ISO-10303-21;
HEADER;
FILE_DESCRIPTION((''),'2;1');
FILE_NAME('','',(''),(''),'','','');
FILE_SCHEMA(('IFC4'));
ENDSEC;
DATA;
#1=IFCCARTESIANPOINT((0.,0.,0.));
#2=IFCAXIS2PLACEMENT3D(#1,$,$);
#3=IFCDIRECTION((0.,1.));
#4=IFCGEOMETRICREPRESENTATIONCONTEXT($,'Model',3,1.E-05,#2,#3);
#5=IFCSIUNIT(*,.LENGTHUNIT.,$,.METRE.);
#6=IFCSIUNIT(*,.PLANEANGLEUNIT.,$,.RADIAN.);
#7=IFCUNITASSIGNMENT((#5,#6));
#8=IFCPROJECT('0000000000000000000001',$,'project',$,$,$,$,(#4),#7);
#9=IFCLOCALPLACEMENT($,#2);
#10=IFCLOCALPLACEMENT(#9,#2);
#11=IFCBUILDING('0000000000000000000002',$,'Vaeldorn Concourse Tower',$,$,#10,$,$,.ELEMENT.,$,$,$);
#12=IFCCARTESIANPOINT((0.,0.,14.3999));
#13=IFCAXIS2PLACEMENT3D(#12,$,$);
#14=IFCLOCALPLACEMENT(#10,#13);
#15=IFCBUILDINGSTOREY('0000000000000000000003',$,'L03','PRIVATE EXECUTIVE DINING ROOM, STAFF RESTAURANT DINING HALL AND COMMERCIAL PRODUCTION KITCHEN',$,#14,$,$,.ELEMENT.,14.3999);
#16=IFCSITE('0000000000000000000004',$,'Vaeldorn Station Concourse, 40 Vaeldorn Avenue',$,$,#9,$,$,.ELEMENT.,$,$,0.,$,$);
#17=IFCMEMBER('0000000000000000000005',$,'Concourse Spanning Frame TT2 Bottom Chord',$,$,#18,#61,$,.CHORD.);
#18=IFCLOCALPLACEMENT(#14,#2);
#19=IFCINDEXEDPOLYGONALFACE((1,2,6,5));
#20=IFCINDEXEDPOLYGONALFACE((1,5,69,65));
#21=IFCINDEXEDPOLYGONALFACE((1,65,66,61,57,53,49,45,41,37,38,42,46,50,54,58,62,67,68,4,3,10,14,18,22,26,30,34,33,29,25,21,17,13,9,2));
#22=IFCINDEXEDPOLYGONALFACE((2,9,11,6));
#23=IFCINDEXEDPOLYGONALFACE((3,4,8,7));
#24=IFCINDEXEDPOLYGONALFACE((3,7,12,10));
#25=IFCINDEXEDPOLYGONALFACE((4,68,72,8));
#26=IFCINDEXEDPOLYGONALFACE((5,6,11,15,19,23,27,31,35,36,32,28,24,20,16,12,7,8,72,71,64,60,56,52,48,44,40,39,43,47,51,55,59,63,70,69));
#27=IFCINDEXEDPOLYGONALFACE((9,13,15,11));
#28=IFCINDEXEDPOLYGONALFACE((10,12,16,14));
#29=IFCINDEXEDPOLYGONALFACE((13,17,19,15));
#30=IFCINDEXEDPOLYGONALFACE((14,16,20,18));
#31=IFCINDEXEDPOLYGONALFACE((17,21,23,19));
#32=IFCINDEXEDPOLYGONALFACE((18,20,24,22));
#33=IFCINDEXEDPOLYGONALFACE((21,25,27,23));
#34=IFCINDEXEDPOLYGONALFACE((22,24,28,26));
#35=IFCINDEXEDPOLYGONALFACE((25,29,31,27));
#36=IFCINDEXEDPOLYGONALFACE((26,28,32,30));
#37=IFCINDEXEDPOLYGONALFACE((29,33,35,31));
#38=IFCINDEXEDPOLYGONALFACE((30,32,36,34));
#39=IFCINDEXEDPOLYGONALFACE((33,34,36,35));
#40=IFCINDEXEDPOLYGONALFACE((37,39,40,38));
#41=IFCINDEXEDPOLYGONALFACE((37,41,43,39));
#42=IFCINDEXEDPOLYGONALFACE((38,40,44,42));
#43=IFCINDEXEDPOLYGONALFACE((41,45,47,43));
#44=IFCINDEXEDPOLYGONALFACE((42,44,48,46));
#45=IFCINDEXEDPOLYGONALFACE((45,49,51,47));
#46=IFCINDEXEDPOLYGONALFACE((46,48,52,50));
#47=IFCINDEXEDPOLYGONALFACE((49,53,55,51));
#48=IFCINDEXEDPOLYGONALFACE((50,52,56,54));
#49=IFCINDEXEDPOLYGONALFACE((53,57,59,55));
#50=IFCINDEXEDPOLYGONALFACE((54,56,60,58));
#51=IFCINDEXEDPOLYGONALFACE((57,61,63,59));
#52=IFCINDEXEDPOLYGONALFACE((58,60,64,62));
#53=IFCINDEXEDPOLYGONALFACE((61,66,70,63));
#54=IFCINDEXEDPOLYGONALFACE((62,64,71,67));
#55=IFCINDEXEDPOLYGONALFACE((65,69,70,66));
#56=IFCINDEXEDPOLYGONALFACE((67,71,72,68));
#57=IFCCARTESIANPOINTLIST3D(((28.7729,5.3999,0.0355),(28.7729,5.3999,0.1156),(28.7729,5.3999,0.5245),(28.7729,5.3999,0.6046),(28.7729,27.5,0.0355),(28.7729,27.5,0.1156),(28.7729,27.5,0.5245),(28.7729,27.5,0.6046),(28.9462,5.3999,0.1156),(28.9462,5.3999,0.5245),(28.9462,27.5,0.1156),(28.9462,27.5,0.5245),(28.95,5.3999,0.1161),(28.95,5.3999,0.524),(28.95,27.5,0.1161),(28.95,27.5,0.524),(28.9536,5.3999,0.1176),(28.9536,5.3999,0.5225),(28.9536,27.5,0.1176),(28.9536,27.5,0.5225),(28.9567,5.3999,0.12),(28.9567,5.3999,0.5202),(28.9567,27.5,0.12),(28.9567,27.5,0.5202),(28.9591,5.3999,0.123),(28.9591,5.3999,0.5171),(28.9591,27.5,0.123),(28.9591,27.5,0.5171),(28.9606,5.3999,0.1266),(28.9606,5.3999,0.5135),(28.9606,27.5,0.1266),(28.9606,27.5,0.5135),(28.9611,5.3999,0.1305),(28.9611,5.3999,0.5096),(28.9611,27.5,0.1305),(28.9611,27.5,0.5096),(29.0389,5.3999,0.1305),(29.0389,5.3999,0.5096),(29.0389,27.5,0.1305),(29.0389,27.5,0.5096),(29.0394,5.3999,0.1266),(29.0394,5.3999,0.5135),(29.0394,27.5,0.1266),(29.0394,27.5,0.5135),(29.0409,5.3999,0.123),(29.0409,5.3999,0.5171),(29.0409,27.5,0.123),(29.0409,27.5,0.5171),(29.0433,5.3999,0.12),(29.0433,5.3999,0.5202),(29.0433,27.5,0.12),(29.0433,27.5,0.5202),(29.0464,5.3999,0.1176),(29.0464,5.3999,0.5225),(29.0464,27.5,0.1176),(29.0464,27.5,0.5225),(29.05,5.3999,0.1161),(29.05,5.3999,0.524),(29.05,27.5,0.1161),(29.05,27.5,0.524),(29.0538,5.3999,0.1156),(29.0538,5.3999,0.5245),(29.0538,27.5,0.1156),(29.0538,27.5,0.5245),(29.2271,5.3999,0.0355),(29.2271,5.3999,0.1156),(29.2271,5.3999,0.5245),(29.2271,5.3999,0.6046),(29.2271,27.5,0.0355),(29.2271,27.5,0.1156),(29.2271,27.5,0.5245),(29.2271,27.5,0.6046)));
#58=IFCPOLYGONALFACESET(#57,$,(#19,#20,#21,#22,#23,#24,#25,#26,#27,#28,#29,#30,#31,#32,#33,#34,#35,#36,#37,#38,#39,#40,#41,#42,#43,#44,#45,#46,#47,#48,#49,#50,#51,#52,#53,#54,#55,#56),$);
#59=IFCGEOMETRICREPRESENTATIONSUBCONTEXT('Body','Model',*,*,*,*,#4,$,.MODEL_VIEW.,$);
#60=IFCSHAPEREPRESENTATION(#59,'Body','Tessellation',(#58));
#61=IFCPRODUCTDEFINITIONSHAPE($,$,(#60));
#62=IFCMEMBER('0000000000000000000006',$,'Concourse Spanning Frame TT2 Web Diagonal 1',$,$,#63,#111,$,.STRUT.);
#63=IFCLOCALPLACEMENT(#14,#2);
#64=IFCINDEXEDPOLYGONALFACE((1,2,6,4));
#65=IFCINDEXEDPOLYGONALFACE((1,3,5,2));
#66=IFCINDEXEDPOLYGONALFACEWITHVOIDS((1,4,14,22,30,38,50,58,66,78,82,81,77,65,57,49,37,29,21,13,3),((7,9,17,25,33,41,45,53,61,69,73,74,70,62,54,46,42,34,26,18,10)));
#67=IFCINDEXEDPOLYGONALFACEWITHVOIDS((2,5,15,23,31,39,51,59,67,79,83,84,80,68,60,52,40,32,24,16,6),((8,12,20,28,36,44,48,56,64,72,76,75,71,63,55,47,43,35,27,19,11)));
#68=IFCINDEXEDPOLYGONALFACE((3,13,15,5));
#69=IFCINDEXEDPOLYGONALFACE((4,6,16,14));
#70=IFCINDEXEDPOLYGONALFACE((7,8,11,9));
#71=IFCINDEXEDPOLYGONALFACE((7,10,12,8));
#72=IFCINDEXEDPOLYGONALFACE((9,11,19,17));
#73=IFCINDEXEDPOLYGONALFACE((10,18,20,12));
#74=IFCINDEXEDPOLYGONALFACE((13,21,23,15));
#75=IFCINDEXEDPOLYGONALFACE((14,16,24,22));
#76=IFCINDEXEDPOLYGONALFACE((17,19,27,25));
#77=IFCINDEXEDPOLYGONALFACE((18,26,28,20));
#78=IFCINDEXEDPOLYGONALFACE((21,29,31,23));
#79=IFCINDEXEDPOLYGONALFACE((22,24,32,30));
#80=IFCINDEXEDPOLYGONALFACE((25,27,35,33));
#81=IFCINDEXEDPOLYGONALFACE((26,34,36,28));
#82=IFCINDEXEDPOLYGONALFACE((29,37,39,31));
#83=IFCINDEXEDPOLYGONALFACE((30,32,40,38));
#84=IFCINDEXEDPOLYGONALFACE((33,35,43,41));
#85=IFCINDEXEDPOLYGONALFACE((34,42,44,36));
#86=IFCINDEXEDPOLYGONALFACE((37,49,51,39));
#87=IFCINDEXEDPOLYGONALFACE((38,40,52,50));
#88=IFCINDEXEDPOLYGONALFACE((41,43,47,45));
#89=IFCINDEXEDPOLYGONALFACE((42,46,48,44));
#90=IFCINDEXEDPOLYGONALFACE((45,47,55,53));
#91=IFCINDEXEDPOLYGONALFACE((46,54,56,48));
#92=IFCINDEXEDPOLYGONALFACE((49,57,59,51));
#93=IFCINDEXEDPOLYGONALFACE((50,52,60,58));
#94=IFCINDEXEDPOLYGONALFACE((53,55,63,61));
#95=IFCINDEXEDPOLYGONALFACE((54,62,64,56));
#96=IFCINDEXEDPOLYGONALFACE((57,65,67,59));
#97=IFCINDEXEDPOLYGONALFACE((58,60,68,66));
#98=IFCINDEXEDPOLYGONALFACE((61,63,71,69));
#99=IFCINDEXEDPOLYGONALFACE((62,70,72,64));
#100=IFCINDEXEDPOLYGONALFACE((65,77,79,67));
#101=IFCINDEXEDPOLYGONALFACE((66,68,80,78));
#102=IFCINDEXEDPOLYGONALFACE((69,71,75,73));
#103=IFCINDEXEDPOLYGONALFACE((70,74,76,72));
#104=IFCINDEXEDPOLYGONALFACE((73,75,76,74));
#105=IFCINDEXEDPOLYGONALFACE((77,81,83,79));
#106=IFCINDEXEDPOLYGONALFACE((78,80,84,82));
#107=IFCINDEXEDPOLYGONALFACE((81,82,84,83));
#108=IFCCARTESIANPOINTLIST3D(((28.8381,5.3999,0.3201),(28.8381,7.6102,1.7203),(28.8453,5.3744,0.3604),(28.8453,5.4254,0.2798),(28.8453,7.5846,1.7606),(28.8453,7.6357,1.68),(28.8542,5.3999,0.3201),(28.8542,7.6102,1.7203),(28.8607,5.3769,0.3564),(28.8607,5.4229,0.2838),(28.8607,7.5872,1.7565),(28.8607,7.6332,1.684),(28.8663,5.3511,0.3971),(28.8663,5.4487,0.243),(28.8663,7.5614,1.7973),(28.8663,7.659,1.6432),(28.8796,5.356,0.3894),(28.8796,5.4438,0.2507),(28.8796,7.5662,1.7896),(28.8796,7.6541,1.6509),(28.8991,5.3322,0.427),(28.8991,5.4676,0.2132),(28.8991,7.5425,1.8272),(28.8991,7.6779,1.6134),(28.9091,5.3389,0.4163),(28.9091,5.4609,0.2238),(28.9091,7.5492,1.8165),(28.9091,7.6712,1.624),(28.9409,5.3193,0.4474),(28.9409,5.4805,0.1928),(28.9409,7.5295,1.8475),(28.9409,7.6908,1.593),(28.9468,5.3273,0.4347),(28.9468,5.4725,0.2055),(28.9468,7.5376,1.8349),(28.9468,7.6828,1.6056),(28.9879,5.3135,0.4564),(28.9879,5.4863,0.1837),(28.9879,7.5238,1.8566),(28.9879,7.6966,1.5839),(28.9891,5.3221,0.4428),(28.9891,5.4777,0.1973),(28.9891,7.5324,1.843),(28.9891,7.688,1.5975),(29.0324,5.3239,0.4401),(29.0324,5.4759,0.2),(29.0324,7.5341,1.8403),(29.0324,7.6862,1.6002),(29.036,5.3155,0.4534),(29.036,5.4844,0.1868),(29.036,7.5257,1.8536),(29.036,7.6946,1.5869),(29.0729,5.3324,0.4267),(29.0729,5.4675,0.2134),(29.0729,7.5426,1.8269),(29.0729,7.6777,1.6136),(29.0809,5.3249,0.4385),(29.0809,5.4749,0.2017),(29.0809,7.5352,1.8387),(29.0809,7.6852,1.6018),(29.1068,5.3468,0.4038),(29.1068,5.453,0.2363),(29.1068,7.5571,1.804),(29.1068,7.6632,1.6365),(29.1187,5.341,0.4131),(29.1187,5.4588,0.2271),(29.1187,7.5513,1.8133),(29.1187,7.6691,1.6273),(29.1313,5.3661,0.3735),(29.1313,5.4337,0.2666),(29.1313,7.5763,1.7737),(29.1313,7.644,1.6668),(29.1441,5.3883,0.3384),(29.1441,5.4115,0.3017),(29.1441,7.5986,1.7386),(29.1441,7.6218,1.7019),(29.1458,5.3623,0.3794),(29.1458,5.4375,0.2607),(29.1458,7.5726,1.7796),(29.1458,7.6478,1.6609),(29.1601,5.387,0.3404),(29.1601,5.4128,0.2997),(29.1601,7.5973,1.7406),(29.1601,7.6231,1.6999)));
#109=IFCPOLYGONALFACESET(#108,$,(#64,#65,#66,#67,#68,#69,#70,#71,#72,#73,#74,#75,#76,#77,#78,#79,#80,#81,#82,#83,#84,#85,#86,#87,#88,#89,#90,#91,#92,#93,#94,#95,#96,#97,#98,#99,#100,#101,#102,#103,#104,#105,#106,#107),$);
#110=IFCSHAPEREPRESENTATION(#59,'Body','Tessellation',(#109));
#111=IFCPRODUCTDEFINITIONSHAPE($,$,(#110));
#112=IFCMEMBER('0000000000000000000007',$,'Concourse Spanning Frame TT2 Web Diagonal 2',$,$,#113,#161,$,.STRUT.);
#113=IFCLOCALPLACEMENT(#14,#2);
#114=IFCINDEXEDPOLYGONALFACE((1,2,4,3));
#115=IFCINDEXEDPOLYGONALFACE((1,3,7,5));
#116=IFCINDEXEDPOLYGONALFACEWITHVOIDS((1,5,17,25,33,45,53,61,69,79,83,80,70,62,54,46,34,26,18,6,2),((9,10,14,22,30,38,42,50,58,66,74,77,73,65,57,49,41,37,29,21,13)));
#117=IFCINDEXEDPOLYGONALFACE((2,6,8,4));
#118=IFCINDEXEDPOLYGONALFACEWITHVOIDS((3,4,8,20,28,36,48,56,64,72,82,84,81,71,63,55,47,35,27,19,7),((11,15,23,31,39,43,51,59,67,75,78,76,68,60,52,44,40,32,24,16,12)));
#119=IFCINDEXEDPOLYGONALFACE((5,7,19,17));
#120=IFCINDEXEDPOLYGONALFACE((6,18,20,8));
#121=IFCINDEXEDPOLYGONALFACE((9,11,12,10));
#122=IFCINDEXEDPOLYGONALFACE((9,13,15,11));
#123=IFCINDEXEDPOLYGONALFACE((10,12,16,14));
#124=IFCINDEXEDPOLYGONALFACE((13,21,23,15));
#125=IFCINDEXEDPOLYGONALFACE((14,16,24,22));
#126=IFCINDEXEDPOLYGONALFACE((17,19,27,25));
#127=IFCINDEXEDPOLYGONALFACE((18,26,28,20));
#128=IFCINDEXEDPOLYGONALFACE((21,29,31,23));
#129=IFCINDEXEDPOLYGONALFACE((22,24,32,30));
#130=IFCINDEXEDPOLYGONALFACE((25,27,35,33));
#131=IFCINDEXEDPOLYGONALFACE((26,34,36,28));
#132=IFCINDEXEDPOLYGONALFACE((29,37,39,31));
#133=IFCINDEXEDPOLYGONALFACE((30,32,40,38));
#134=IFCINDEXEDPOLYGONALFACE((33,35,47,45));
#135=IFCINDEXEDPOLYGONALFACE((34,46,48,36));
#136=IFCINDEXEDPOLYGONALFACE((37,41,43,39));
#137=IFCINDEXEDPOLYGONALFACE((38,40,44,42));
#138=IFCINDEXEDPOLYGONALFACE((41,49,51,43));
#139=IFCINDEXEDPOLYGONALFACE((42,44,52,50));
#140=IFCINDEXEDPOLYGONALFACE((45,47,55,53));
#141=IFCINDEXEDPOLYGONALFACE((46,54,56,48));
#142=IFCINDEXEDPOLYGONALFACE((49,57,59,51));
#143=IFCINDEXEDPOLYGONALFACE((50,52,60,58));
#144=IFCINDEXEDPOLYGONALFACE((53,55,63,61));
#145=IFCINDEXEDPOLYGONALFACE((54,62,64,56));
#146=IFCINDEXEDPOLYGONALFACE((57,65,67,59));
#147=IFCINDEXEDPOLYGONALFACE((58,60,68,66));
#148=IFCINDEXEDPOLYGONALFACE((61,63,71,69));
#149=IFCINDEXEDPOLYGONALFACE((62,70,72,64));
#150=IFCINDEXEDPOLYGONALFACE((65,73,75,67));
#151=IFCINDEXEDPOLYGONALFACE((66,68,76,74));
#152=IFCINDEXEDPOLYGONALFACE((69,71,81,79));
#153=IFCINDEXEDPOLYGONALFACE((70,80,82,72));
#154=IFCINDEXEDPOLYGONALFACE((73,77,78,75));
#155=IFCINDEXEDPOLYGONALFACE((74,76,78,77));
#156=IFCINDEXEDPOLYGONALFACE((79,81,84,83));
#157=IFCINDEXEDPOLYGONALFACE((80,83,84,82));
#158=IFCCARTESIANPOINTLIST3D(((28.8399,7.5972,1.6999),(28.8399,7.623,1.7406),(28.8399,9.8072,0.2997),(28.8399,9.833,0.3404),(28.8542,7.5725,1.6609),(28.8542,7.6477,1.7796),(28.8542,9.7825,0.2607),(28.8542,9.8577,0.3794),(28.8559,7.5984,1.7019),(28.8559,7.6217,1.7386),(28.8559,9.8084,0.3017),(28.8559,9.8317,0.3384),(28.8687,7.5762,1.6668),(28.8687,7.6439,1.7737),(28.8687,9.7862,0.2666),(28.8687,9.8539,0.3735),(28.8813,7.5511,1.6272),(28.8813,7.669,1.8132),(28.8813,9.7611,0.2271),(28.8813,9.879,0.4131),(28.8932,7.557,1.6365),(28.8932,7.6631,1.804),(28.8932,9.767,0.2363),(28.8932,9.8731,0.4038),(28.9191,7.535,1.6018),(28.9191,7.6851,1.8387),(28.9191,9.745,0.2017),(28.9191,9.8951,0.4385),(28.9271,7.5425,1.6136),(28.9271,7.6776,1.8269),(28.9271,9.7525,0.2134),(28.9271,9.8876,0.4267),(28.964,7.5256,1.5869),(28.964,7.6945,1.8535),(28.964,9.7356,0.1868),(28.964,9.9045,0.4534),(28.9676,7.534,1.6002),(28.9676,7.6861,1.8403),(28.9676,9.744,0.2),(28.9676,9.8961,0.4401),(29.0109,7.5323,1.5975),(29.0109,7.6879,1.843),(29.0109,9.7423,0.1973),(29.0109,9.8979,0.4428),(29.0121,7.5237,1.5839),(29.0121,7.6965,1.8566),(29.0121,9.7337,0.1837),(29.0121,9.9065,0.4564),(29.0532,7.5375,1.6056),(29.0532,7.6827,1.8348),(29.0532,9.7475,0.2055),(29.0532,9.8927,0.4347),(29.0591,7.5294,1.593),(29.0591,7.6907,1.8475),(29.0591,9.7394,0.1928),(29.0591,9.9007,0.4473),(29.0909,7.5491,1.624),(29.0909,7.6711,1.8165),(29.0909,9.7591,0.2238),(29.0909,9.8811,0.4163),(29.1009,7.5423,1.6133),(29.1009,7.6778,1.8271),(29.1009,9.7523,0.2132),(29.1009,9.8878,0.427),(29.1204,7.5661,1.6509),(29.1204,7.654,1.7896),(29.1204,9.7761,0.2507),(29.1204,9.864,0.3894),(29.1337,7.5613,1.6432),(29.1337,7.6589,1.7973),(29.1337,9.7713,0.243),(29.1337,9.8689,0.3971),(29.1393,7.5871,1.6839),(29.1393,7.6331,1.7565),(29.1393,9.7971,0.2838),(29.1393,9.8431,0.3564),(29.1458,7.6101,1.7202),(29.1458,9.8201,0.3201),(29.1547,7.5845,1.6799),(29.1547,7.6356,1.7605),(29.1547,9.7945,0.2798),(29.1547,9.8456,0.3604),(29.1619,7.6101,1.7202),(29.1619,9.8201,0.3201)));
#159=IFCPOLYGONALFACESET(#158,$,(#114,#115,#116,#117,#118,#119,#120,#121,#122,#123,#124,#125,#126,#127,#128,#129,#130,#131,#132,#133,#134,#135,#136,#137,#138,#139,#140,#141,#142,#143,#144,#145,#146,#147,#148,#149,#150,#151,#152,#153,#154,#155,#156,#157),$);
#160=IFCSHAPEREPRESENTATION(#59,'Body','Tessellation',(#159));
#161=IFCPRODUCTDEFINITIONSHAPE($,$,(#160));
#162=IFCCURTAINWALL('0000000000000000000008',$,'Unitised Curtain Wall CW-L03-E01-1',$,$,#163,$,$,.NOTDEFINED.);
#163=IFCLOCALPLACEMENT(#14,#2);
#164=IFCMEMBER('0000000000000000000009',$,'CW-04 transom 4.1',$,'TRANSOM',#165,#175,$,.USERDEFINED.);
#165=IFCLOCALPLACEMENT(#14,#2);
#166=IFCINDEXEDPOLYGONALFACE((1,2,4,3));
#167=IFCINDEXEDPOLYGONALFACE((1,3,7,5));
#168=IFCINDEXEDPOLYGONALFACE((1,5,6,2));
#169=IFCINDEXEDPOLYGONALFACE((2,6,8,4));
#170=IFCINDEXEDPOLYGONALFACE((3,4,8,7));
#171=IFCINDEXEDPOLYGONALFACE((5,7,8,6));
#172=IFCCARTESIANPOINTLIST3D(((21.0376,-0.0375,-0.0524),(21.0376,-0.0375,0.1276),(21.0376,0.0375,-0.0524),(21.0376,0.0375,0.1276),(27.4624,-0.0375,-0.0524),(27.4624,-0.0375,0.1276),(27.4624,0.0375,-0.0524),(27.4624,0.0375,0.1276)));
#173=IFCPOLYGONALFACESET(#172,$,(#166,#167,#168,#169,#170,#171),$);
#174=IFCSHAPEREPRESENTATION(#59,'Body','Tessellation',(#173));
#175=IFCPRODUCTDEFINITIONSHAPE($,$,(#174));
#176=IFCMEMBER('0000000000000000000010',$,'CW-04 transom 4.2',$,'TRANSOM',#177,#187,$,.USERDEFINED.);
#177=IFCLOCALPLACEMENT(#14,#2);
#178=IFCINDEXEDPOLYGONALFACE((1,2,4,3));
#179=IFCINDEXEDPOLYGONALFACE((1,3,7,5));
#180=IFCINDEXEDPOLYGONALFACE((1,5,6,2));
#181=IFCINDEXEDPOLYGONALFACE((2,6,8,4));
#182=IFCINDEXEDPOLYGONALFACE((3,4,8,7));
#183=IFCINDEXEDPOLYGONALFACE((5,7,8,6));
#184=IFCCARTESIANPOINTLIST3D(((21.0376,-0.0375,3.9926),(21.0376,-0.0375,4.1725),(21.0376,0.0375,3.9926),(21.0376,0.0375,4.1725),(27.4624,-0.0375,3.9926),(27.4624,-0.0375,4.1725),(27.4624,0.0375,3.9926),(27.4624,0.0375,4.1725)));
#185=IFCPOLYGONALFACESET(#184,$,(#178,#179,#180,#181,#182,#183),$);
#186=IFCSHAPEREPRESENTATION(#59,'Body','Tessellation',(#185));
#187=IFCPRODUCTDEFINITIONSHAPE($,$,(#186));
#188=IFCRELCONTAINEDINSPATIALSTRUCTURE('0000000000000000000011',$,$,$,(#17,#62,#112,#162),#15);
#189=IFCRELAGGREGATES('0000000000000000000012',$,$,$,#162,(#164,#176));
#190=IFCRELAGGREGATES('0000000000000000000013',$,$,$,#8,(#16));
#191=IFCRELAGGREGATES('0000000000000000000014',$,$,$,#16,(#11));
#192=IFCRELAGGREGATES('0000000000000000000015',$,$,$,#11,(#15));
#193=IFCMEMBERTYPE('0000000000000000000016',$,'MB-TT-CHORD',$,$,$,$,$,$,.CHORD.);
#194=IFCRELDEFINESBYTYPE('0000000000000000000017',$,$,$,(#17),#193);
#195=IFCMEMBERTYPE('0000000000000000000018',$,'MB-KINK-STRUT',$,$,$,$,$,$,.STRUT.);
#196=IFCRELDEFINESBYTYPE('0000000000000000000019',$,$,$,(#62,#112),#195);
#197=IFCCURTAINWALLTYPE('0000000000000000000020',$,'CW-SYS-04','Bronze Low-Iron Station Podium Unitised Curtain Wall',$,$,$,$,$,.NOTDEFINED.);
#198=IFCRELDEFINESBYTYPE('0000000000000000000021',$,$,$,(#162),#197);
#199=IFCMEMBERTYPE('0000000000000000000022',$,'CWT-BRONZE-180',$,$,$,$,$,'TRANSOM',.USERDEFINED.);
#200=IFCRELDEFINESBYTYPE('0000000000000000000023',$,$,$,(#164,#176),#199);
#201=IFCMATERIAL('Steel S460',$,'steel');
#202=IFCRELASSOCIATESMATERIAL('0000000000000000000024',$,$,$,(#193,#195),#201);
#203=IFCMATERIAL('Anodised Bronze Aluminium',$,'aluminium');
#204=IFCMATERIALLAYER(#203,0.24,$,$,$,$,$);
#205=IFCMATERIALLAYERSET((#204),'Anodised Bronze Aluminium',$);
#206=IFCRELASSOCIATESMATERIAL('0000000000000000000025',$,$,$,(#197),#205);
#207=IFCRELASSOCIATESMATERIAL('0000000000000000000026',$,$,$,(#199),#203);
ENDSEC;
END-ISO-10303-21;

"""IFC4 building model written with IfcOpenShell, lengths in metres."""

from ifc_helpers import new_model, si_unit, direction, frame, origin, origin_2d, place, context, subcontext, project, spatial, rectangle, hollow_circle, i_section, extrude, source, transform, mapped, material, layer, layer_set, material_profile, profile_set, type_object, element, aggregate, save


model = new_model("IFC4")

# Units and contexts
model_context = context("Model", 3, precision=1e-05, world=origin(), true_north=direction((0.0, 1.0)))
body_context = subcontext(model_context, "Body", "Model", "MODEL_VIEW")
ifc_project = project(units=[si_unit("LENGTHUNIT", "METRE"), si_unit("PLANEANGLEUNIT", "RADIAN")], contexts=[model_context])

# Site, building, storey
site_placement = place(None, origin())
site = spatial("IfcSite", under=ifc_project, at=site_placement, Name="Vaeldorn Station Concourse, 40 Vaeldorn Avenue", CompositionType="ELEMENT", RefElevation=0.0)
building_placement = place(site_placement, origin())
building = spatial("IfcBuilding", under=site, at=building_placement, Name="Vaeldorn Concourse Tower", CompositionType="ELEMENT")
storey_placement = place(building_placement, frame((0.0, 0.0, 14.3999)))
storey = spatial("IfcBuildingStorey", under=building, at=storey_placement, Name="L03", Description="PRIVATE EXECUTIVE DINING ROOM, STAFF RESTAURANT DINING HALL AND COMMERCIAL PRODUCTION KITCHEN", CompositionType="ELEMENT", Elevation=14.3999)

# Shared definitions
ifc_material_1 = material(Name="Steel S460", Category="steel")

# Members
ifc_material_profile_1 = material_profile(ifc_material_1, i_section(OverallWidth=0.4541, OverallDepth=0.5691, WebThickness=0.0779, FlangeThickness=0.0801, FilletRadius=0.0149, at=origin_2d()), Name="HD 400x1086")
ifc_profile_set_1 = profile_set([ifc_material_profile_1], Name="Steel S460")
member_type_1 = type_object("IfcMemberType", Name="MB-TT-CHORD", PredefinedType="CHORD", material=ifc_profile_set_1)
ifc_material_profile_2 = material_profile(ifc_material_1, hollow_circle(Radius=0.1619, WallThickness=0.0161, at=origin_2d()), Name="CHS 323.9x16")
ifc_profile_set_2 = profile_set([ifc_material_profile_2], Name="Steel S460")
member_type_2 = type_object("IfcMemberType", Name="MB-KINK-STRUT", PredefinedType="STRUT", material=ifc_profile_set_2)
shared_shape_1 = source(origin(), body_context, "Body", "SweptSolid", [
    extrude(i_section(OverallWidth=0.4541, OverallDepth=0.5691, WebThickness=0.0779, FlangeThickness=0.0801, FilletRadius=0.0149, at=origin_2d()), origin(), (0.0, 0.0, 1.0), 22.1001),
])
member_1_placement = place(storey_placement, frame((29.0, 5.3999, 0.3201), z_axis=(0.0, 1.0, 0.0), x_axis=(-1.0, 0.0, 0.0)))
element("IfcMember", 1, at=member_1_placement, inside=storey, type_object=member_type_1, Name="Concourse Spanning Frame TT2 Bottom Chord", PredefinedType="CHORD", context=body_context, shape_type="MappedRepresentation", body=[
    mapped(shared_shape_1, transform((0.0, 0.0, 0.0), scale=1.0)),
])
shared_shape_2 = source(origin(), body_context, "Body", "SweptSolid", [
    extrude(hollow_circle(Radius=0.1619, WallThickness=0.0161, at=origin_2d()), origin(), (0.0, 0.0, 1.0), 2.6165),
])
member_2_placement = place(storey_placement, frame((29.0, 5.3999, 0.3201), z_axis=(0.0, 0.844759, 0.535148), x_axis=(-1.0, 0.0, 0.0)))
element("IfcMember", 2, at=member_2_placement, inside=storey, type_object=member_type_2, Name="Concourse Spanning Frame TT2 Web Diagonal 1", PredefinedType="STRUT", context=body_context, shape_type="MappedRepresentation", body=[
    mapped(shared_shape_2, transform((0.0, 0.0, 0.0), scale=1.0)),
])
shared_shape_3 = source(origin(), body_context, "Body", "SweptSolid", [
    extrude(hollow_circle(Radius=0.1619, WallThickness=0.0161, at=origin_2d()), origin(), (0.0, 0.0, 1.0), 2.6162),
])
member_3_placement = place(storey_placement, frame((29.0, 9.8201, 0.3201), z_axis=(0.0, -0.844732, 0.53519), x_axis=(1.0, 0.0, 0.0)))
element("IfcMember", 3, at=member_3_placement, inside=storey, type_object=member_type_2, Name="Concourse Spanning Frame TT2 Web Diagonal 2", PredefinedType="STRUT", context=body_context, shape_type="MappedRepresentation", body=[
    mapped(shared_shape_3, transform((0.0, 0.0, 0.0), scale=1.0)),
])

# Curtain wall, members
ifc_material_2 = material(Name="Anodised Bronze Aluminium", Category="aluminium")
ifc_layer_1 = layer(ifc_material_2, 0.24)
ifc_layer_set_1 = layer_set([ifc_layer_1], Name="Anodised Bronze Aluminium")
curtain_wall_type = type_object("IfcCurtainWallType", Name="CW-SYS-04", Description="Bronze Low-Iron Station Podium Unitised Curtain Wall", PredefinedType="NOTDEFINED", material=ifc_layer_set_1)
curtain_wall_placement = place(storey_placement, origin())
curtain_wall = element("IfcCurtainWall", 4, at=curtain_wall_placement, inside=storey, type_object=curtain_wall_type, Name="Unitised Curtain Wall CW-L03-E01-1", PredefinedType="NOTDEFINED")
ifc_material_profile_3 = material_profile(ifc_material_2, rectangle(XDim=0.075, YDim=0.1799, at=origin_2d()), Name="CWT 75x180")
ifc_profile_set_3 = profile_set([ifc_material_profile_3], Name="Anodised Bronze Aluminium")
member_type_3 = type_object("IfcMemberType", Name="CWT-BRONZE-180", ElementType="TRANSOM", PredefinedType="USERDEFINED", material=ifc_profile_set_3)
shared_shape_4 = source(origin(), body_context, "Body", "SweptSolid", [
    extrude(rectangle(XDim=0.075, YDim=0.1799, at=origin_2d()), origin(), (0.0, 0.0, 1.0), 6.4248),
])
member_4_placement = place(storey_placement, frame((21.0376, 0.0, 0.0376), z_axis=(1.0, 0.0, 0.0), x_axis=(0.0, 1.0, 0.0)))
member_4 = element("IfcMember", 5, at=member_4_placement, type_object=member_type_3, Name="CW-04 transom 4.1", ObjectType="TRANSOM", PredefinedType="USERDEFINED", context=body_context, shape_type="MappedRepresentation", body=[
    mapped(shared_shape_4, transform((0.0, 0.0, 0.0), scale=1.0)),
])
member_5_placement = place(storey_placement, frame((21.0376, 0.0, 4.0825), z_axis=(1.0, 0.0, 0.0), x_axis=(0.0, 1.0, 0.0)))
member_5 = element("IfcMember", 6, at=member_5_placement, type_object=member_type_3, Name="CW-04 transom 4.2", ObjectType="TRANSOM", PredefinedType="USERDEFINED", context=body_context, shape_type="MappedRepresentation", body=[
    mapped(shared_shape_4, transform((0.0, 0.0, 0.0), scale=1.0)),
])

aggregate(curtain_wall, [member_4, member_5])

save(model, "model.ifc")
